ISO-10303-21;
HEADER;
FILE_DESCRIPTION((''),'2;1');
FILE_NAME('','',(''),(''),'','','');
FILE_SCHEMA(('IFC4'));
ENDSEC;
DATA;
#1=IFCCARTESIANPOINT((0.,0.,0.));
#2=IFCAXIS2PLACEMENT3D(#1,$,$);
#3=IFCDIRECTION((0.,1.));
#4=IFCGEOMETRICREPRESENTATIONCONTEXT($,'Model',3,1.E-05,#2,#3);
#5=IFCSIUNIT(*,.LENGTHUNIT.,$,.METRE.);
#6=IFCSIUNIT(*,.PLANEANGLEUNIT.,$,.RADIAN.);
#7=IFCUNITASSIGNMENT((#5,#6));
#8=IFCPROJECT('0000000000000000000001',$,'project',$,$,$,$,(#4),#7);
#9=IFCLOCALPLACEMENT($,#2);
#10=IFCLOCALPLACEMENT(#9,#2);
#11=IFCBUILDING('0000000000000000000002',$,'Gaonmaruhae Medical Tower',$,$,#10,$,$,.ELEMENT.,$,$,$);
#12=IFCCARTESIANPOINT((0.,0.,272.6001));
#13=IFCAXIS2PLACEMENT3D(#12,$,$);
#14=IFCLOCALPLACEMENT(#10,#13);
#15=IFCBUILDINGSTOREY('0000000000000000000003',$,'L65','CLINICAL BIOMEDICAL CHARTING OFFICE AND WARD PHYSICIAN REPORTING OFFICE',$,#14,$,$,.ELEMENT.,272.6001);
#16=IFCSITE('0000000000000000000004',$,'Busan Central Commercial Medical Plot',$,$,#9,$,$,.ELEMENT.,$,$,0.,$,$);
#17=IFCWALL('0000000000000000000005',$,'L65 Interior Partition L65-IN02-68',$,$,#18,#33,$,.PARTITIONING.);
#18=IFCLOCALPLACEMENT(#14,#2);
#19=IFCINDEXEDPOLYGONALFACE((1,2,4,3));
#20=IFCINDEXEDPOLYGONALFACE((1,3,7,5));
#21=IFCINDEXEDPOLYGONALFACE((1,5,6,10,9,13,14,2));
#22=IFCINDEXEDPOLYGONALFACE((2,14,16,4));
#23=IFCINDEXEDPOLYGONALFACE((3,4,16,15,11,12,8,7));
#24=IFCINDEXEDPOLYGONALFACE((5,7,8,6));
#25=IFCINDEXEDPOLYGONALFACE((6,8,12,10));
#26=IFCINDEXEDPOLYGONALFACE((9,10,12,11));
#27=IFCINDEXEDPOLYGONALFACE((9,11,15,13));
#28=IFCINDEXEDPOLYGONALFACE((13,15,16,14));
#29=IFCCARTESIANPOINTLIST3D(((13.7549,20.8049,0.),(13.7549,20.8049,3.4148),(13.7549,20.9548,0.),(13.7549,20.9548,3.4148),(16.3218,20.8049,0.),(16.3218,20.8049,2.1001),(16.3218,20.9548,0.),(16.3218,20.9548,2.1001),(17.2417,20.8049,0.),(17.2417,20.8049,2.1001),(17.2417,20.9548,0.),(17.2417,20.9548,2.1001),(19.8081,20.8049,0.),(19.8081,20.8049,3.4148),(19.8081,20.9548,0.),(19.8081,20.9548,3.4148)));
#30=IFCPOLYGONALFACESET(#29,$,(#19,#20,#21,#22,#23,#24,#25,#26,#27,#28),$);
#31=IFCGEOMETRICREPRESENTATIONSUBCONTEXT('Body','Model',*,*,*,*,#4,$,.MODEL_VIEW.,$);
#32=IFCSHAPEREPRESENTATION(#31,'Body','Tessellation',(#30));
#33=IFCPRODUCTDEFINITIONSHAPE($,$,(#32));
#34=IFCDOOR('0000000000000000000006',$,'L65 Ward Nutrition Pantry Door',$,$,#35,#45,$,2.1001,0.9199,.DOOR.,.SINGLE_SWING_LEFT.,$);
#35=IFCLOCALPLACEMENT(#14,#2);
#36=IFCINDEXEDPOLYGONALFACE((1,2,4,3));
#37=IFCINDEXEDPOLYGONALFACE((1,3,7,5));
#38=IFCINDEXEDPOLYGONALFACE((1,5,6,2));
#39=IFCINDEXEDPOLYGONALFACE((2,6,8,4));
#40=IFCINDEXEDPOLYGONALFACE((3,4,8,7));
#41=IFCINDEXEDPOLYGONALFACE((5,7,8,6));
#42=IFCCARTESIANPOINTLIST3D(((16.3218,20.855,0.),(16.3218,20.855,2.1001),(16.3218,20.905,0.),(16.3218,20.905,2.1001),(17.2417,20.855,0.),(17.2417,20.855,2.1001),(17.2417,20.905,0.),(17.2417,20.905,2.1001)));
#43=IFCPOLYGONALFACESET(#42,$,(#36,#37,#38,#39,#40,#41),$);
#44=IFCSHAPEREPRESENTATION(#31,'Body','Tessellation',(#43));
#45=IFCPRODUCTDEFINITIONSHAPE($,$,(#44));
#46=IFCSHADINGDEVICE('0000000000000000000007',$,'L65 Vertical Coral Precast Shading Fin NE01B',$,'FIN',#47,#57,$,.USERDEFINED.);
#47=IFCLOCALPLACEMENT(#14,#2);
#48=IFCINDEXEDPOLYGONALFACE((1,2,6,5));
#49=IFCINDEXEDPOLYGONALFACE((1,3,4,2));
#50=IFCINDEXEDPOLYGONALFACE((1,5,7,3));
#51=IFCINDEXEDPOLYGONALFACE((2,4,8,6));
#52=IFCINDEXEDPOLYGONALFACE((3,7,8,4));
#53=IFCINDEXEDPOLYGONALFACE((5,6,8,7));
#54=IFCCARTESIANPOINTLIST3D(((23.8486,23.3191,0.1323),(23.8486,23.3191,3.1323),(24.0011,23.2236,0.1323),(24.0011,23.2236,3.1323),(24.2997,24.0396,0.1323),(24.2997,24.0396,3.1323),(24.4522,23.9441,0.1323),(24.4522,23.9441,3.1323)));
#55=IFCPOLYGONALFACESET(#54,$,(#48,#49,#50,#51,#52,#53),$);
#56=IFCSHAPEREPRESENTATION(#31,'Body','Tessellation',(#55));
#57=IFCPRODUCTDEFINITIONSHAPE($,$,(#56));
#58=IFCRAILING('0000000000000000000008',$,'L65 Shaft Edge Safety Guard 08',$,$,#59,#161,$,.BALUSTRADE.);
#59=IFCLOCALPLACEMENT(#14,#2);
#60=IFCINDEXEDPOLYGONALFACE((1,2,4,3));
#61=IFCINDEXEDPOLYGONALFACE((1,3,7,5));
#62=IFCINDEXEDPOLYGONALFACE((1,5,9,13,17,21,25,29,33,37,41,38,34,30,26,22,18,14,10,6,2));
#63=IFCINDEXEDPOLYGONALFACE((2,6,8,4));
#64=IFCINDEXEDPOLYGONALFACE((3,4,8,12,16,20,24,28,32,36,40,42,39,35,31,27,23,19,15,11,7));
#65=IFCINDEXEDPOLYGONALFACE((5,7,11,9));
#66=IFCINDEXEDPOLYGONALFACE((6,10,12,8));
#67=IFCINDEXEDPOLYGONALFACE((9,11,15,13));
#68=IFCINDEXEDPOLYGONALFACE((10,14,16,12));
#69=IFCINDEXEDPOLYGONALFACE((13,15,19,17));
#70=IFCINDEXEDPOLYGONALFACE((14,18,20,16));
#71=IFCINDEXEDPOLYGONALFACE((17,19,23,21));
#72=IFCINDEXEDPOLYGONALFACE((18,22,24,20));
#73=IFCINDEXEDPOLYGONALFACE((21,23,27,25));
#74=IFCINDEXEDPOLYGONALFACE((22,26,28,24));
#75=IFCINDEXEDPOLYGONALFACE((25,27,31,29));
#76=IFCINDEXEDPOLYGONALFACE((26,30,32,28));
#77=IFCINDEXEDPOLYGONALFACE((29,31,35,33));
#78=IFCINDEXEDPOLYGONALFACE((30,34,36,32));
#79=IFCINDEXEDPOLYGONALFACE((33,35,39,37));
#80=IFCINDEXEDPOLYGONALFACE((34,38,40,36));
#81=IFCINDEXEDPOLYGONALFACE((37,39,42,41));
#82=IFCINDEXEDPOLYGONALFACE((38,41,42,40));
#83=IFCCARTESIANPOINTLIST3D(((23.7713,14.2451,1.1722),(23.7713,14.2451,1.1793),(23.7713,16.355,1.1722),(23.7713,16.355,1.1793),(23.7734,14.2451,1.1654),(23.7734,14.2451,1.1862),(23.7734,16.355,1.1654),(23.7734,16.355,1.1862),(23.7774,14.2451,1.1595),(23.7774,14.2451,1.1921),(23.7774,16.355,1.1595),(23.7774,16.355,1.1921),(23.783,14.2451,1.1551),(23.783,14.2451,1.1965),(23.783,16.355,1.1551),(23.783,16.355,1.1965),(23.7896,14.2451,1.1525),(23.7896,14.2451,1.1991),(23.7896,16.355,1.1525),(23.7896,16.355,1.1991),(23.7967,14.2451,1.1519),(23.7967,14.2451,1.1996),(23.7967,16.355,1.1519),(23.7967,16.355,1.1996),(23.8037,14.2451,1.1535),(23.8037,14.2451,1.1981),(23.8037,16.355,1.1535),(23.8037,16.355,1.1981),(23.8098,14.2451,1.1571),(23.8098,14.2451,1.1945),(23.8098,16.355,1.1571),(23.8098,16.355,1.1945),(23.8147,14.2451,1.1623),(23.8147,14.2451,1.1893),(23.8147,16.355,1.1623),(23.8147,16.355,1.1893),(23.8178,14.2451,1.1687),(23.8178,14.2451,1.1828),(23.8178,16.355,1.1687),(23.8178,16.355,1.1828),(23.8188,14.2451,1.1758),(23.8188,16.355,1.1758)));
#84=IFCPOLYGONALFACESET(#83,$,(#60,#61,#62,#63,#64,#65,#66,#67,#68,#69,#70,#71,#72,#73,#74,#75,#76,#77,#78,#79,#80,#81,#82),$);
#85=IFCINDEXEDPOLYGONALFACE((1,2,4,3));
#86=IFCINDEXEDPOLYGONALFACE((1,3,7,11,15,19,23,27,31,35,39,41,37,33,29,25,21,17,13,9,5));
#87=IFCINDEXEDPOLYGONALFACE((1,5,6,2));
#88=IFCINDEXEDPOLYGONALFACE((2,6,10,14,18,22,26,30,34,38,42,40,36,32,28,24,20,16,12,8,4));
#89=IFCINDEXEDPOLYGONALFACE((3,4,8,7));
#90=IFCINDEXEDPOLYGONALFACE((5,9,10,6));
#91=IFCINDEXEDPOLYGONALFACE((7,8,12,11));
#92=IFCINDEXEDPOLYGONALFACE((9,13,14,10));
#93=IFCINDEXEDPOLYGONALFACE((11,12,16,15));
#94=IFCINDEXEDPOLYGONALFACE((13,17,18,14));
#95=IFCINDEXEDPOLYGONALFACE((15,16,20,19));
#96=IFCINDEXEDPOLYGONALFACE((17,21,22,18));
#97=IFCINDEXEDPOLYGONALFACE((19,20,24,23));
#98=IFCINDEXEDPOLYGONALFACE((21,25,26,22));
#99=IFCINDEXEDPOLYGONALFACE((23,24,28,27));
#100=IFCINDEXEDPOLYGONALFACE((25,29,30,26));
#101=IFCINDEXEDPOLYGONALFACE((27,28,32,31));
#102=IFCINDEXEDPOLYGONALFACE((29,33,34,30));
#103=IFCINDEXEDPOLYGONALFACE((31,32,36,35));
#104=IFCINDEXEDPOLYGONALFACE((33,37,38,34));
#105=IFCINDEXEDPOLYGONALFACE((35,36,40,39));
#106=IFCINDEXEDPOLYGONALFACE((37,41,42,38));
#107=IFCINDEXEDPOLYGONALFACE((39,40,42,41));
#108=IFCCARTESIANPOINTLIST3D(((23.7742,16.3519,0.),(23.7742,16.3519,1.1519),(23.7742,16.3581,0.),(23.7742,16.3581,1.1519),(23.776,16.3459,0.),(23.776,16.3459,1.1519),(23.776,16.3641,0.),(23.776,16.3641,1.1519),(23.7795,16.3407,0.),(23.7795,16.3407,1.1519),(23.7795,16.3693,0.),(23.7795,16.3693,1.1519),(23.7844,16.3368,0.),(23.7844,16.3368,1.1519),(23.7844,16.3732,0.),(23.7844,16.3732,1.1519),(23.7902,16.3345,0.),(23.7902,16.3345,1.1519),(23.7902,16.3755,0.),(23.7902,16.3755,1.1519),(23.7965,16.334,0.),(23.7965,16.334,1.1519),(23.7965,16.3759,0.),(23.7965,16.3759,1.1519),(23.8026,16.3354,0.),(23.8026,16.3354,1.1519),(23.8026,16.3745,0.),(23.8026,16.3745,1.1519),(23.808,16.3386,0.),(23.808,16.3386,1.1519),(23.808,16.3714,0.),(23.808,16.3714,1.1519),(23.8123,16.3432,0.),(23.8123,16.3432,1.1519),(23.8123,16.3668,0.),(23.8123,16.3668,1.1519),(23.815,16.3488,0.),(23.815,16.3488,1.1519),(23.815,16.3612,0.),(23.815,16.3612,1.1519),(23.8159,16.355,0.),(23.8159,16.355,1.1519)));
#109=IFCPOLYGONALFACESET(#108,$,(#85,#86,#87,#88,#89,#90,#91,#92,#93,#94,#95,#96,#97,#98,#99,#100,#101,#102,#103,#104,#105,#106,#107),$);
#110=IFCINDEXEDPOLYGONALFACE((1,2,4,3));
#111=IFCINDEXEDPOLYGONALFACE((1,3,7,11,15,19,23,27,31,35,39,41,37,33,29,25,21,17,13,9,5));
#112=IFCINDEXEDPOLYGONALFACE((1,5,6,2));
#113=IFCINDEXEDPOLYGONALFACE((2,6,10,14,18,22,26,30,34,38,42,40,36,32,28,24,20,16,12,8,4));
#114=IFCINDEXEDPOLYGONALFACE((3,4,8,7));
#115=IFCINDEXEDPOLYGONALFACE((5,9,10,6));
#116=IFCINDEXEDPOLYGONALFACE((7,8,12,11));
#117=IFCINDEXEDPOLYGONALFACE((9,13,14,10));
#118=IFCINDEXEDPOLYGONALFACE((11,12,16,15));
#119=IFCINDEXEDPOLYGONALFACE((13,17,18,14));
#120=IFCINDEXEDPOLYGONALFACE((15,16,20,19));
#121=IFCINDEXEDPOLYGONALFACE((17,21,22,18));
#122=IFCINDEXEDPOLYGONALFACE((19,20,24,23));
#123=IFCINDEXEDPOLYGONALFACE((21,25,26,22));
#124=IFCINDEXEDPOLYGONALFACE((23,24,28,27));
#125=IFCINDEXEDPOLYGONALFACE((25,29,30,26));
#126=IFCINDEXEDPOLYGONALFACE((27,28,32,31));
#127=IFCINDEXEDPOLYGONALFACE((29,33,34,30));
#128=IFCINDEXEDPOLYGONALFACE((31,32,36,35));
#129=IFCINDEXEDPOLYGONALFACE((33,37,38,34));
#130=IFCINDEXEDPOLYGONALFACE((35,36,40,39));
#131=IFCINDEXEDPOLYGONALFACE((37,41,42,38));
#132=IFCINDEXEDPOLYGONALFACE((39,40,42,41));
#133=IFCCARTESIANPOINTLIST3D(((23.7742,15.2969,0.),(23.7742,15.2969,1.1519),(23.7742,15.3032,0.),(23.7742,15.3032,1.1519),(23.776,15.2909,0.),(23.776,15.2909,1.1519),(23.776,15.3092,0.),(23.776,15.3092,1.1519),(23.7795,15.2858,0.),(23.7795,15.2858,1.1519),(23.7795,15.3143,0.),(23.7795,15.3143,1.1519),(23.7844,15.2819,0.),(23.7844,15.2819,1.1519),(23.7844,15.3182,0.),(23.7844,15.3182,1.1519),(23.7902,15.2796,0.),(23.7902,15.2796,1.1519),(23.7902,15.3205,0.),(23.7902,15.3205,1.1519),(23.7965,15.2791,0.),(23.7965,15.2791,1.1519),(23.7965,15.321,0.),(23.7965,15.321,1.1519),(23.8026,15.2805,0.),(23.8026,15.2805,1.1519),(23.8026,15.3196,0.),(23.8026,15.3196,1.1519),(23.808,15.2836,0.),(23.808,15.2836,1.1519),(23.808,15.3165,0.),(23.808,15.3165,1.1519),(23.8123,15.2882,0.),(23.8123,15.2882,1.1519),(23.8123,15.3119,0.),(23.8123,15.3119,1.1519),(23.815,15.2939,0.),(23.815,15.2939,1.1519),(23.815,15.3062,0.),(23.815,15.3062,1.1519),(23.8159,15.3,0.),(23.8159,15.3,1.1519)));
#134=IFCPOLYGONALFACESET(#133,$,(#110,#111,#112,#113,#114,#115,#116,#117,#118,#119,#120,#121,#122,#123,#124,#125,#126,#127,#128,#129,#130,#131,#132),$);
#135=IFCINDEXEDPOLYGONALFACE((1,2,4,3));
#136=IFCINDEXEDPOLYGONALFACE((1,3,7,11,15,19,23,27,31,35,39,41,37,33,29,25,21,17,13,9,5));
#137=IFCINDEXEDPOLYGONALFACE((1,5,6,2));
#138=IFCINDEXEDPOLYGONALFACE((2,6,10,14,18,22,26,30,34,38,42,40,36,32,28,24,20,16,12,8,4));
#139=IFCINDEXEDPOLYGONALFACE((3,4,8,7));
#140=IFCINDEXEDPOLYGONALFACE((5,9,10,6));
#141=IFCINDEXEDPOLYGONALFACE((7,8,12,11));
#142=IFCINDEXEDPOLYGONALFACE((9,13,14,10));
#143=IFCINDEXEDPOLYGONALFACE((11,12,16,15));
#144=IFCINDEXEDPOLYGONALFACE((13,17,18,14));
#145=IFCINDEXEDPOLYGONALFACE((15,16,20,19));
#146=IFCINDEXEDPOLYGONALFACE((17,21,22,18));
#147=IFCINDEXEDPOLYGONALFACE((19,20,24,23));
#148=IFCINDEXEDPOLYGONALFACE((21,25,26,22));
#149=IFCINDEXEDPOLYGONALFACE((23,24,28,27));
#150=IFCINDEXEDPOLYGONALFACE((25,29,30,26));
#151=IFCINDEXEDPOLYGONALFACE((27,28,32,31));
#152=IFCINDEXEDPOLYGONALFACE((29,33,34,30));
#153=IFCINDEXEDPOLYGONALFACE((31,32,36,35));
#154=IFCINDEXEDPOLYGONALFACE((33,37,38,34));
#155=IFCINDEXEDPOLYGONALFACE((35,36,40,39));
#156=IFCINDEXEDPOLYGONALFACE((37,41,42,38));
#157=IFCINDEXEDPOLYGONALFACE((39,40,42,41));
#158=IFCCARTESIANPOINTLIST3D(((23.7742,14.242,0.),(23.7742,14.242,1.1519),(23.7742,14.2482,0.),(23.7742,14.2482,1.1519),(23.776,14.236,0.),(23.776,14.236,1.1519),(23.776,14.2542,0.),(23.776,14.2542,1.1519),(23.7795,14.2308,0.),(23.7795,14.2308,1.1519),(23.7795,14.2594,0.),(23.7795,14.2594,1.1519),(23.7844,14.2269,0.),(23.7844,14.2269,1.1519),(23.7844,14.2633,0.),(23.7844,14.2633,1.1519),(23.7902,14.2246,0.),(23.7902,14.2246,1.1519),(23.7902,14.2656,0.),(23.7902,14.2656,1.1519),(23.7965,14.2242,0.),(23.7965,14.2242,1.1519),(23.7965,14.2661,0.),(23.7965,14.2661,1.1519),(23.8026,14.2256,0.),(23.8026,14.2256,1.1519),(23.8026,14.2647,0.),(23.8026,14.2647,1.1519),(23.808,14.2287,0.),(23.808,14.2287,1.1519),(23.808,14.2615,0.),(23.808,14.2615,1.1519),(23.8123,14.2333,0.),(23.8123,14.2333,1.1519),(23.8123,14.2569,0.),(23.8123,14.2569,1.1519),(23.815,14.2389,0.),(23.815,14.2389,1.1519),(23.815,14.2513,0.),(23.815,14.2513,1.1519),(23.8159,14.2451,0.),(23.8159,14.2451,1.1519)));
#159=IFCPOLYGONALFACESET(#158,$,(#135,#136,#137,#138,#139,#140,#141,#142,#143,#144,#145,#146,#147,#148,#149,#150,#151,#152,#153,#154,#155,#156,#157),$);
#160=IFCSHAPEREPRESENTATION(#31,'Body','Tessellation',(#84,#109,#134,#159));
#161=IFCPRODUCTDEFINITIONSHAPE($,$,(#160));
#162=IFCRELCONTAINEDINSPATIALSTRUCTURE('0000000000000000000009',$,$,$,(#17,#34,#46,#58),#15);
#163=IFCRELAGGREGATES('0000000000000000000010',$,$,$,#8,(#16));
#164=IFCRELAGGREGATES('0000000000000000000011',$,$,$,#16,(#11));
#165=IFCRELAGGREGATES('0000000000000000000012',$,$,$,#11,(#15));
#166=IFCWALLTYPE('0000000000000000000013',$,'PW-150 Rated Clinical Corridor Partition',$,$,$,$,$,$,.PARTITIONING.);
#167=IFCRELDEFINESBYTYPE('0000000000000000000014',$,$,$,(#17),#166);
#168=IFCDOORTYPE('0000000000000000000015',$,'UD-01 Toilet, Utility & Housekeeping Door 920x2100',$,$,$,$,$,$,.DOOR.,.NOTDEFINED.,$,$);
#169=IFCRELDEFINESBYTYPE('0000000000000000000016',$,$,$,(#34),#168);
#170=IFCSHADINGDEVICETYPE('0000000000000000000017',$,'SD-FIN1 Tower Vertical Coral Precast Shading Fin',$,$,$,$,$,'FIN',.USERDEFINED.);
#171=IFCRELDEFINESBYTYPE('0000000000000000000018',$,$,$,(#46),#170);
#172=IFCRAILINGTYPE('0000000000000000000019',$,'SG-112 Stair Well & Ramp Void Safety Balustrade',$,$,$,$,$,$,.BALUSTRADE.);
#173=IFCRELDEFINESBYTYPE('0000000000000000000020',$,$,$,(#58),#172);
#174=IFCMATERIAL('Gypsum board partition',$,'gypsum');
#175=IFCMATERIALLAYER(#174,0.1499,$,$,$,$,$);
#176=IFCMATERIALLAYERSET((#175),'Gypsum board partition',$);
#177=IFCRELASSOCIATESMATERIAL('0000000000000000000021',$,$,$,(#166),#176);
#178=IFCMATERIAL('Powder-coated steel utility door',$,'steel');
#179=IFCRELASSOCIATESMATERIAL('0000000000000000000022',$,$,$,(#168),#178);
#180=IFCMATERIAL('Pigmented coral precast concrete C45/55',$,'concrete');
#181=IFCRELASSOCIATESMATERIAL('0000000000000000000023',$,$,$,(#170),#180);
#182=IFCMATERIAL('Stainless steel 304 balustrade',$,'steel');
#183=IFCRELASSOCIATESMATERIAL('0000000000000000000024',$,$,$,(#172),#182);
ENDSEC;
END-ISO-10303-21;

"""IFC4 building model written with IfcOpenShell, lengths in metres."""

from ifc_helpers import new_model, si_unit, direction, frame, frame_2d, origin, origin_2d, place, context, subcontext, project, spatial, rectangle, circle, extrude, material, layer, layer_set, type_object, element, fill, save


model = new_model("IFC4")

# Units and contexts
model_context = context("Model", 3, precision=1e-05, world=origin(), true_north=direction((0.0, 1.0)))
body_context = subcontext(model_context, "Body", "Model", "MODEL_VIEW")
ifc_project = project(units=[si_unit("LENGTHUNIT", "METRE"), si_unit("PLANEANGLEUNIT", "RADIAN")], contexts=[model_context])

# Site, building, storey
site_placement = place(None, origin())
site = spatial("IfcSite", under=ifc_project, at=site_placement, Name="Busan Central Commercial Medical Plot", CompositionType="ELEMENT", RefElevation=0.0)
building_placement = place(site_placement, origin())
building = spatial("IfcBuilding", under=site, at=building_placement, Name="Gaonmaruhae Medical Tower", CompositionType="ELEMENT")
storey_placement = place(building_placement, frame((0.0, 0.0, 272.6001)))
storey = spatial("IfcBuildingStorey", under=building, at=storey_placement, Name="L65", Description="CLINICAL BIOMEDICAL CHARTING OFFICE AND WARD PHYSICIAN REPORTING OFFICE", CompositionType="ELEMENT", Elevation=272.6001)

# Shared definitions
ifc_material_1 = material(Name="Gypsum board partition", Category="gypsum")
ifc_layer_1 = layer(ifc_material_1, 0.1499)
ifc_layer_set_1 = layer_set([ifc_layer_1], Name="Gypsum board partition")
wall_type_1 = type_object("IfcWallType", Name="PW-150 Rated Clinical Corridor Partition", PredefinedType="PARTITIONING", material=ifc_layer_set_1)

# Wall, opening, door
wall_1_placement = place(storey_placement, frame((19.8081, 20.8799, 0.0), z_axis=(0.0, 0.0, 1.0), x_axis=(-1.0, 0.0, 0.0)))
wall_1 = element("IfcWall", 1, at=wall_1_placement, inside=storey, type_object=wall_type_1, Name="L65 Interior Partition L65-IN02-68", PredefinedType="PARTITIONING", context=body_context, shape_type="SweptSolid", body=[
    extrude(rectangle(XDim=6.0532, YDim=0.1499, at=frame_2d((3.0266, 0.0))), origin(), (0.0, 0.0, 1.0), 3.4148),
])
opening_1_placement = place(wall_1_placement, frame((2.5664, 0.0, 0.0)))
opening_1 = element("IfcOpeningElement", 2, at=opening_1_placement, cuts=wall_1, PredefinedType="OPENING", context=body_context, shape_type="SweptSolid", body=[
    extrude(rectangle(XDim=0.9199, YDim=2.1001, at=frame_2d((0.46, 1.05))), frame((0.0, 0.085, 0.0), z_axis=(0.0, -1.0, 0.0), x_axis=(1.0, 0.0, 0.0)), (0.0, 0.0, 1.0), 0.1699),
])
ifc_material_2 = material(Name="Powder-coated steel utility door", Category="steel")
door_type_1 = type_object("IfcDoorType", Name="UD-01 Toilet, Utility & Housekeeping Door 920x2100", OperationType="NOTDEFINED", PredefinedType="DOOR", material=ifc_material_2)
door_1_placement = place(opening_1_placement, origin())
door_1 = element("IfcDoor", 3, at=door_1_placement, inside=storey, type_object=door_type_1, Name="L65 Ward Nutrition Pantry Door", OperationType="SINGLE_SWING_LEFT", OverallHeight=2.1001, OverallWidth=0.9199, PredefinedType="DOOR", context=body_context, shape_type="SweptSolid", body=[
    extrude(rectangle(XDim=0.9199, YDim=2.1001, at=frame_2d((0.46, 1.05))), frame((0.0, 0.0249, 0.0), z_axis=(0.0, -1.0, 0.0), x_axis=(1.0, 0.0, 0.0)), (0.0, 0.0, 1.0), 0.05),
])
fill(opening_1, door_1)

# Shading device
ifc_material_3 = material(Name="Pigmented coral precast concrete C45/55", Category="concrete")
shading_device_type = type_object("IfcShadingDeviceType", Name="SD-FIN1 Tower Vertical Coral Precast Shading Fin", ElementType="FIN", PredefinedType="USERDEFINED", material=ifc_material_3)
shading_device_placement = place(storey_placement, frame((24.1504, 23.6316, 0.1323), z_axis=(0.0, 0.0, 1.0), x_axis=(0.847585, -0.530659, 0.0)))
element("IfcShadingDevice", 4, at=shading_device_placement, inside=storey, type_object=shading_device_type, Name="L65 Vertical Coral Precast Shading Fin NE01B", ObjectType="FIN", PredefinedType="USERDEFINED", context=body_context, shape_type="SweptSolid", body=[
    extrude(rectangle(XDim=0.1799, YDim=0.8501, at=origin_2d()), origin(), (0.0, 0.0, 1.0), 3.0),
])

# Railing
ifc_material_4 = material(Name="Stainless steel 304 balustrade", Category="steel")
railing_type = type_object("IfcRailingType", Name="SG-112 Stair Well & Ramp Void Safety Balustrade", PredefinedType="BALUSTRADE", material=ifc_material_4)
railing_1_placement = place(storey_placement, frame((23.7949, 16.355, 0.0)))
element("IfcRailing", 5, at=railing_1_placement, inside=storey, type_object=railing_type, Name="L65 Shaft Edge Safety Guard 08", PredefinedType="BALUSTRADE", context=body_context, shape_type="SweptSolid", body=[
    extrude(circle(Radius=0.0239, at=origin_2d()), frame((0.0, 0.0, 1.1758), z_axis=(0.0, -1.0, 0.0), x_axis=(1.0, 0.0, 0.0)), (0.0, 0.0, 1.0), 2.1099),
    extrude(circle(Radius=0.021, at=origin_2d()), origin(), (0.0, 0.0, 1.0), 1.1519),
    extrude(circle(Radius=0.021, at=origin_2d()), frame((0.0, -1.0549, 0.0)), (0.0, 0.0, 1.0), 1.1519),
    extrude(circle(Radius=0.021, at=origin_2d()), frame((0.0, -2.1099, 0.0)), (0.0, 0.0, 1.0), 1.1519),
])

save(model, "model.ifc")
